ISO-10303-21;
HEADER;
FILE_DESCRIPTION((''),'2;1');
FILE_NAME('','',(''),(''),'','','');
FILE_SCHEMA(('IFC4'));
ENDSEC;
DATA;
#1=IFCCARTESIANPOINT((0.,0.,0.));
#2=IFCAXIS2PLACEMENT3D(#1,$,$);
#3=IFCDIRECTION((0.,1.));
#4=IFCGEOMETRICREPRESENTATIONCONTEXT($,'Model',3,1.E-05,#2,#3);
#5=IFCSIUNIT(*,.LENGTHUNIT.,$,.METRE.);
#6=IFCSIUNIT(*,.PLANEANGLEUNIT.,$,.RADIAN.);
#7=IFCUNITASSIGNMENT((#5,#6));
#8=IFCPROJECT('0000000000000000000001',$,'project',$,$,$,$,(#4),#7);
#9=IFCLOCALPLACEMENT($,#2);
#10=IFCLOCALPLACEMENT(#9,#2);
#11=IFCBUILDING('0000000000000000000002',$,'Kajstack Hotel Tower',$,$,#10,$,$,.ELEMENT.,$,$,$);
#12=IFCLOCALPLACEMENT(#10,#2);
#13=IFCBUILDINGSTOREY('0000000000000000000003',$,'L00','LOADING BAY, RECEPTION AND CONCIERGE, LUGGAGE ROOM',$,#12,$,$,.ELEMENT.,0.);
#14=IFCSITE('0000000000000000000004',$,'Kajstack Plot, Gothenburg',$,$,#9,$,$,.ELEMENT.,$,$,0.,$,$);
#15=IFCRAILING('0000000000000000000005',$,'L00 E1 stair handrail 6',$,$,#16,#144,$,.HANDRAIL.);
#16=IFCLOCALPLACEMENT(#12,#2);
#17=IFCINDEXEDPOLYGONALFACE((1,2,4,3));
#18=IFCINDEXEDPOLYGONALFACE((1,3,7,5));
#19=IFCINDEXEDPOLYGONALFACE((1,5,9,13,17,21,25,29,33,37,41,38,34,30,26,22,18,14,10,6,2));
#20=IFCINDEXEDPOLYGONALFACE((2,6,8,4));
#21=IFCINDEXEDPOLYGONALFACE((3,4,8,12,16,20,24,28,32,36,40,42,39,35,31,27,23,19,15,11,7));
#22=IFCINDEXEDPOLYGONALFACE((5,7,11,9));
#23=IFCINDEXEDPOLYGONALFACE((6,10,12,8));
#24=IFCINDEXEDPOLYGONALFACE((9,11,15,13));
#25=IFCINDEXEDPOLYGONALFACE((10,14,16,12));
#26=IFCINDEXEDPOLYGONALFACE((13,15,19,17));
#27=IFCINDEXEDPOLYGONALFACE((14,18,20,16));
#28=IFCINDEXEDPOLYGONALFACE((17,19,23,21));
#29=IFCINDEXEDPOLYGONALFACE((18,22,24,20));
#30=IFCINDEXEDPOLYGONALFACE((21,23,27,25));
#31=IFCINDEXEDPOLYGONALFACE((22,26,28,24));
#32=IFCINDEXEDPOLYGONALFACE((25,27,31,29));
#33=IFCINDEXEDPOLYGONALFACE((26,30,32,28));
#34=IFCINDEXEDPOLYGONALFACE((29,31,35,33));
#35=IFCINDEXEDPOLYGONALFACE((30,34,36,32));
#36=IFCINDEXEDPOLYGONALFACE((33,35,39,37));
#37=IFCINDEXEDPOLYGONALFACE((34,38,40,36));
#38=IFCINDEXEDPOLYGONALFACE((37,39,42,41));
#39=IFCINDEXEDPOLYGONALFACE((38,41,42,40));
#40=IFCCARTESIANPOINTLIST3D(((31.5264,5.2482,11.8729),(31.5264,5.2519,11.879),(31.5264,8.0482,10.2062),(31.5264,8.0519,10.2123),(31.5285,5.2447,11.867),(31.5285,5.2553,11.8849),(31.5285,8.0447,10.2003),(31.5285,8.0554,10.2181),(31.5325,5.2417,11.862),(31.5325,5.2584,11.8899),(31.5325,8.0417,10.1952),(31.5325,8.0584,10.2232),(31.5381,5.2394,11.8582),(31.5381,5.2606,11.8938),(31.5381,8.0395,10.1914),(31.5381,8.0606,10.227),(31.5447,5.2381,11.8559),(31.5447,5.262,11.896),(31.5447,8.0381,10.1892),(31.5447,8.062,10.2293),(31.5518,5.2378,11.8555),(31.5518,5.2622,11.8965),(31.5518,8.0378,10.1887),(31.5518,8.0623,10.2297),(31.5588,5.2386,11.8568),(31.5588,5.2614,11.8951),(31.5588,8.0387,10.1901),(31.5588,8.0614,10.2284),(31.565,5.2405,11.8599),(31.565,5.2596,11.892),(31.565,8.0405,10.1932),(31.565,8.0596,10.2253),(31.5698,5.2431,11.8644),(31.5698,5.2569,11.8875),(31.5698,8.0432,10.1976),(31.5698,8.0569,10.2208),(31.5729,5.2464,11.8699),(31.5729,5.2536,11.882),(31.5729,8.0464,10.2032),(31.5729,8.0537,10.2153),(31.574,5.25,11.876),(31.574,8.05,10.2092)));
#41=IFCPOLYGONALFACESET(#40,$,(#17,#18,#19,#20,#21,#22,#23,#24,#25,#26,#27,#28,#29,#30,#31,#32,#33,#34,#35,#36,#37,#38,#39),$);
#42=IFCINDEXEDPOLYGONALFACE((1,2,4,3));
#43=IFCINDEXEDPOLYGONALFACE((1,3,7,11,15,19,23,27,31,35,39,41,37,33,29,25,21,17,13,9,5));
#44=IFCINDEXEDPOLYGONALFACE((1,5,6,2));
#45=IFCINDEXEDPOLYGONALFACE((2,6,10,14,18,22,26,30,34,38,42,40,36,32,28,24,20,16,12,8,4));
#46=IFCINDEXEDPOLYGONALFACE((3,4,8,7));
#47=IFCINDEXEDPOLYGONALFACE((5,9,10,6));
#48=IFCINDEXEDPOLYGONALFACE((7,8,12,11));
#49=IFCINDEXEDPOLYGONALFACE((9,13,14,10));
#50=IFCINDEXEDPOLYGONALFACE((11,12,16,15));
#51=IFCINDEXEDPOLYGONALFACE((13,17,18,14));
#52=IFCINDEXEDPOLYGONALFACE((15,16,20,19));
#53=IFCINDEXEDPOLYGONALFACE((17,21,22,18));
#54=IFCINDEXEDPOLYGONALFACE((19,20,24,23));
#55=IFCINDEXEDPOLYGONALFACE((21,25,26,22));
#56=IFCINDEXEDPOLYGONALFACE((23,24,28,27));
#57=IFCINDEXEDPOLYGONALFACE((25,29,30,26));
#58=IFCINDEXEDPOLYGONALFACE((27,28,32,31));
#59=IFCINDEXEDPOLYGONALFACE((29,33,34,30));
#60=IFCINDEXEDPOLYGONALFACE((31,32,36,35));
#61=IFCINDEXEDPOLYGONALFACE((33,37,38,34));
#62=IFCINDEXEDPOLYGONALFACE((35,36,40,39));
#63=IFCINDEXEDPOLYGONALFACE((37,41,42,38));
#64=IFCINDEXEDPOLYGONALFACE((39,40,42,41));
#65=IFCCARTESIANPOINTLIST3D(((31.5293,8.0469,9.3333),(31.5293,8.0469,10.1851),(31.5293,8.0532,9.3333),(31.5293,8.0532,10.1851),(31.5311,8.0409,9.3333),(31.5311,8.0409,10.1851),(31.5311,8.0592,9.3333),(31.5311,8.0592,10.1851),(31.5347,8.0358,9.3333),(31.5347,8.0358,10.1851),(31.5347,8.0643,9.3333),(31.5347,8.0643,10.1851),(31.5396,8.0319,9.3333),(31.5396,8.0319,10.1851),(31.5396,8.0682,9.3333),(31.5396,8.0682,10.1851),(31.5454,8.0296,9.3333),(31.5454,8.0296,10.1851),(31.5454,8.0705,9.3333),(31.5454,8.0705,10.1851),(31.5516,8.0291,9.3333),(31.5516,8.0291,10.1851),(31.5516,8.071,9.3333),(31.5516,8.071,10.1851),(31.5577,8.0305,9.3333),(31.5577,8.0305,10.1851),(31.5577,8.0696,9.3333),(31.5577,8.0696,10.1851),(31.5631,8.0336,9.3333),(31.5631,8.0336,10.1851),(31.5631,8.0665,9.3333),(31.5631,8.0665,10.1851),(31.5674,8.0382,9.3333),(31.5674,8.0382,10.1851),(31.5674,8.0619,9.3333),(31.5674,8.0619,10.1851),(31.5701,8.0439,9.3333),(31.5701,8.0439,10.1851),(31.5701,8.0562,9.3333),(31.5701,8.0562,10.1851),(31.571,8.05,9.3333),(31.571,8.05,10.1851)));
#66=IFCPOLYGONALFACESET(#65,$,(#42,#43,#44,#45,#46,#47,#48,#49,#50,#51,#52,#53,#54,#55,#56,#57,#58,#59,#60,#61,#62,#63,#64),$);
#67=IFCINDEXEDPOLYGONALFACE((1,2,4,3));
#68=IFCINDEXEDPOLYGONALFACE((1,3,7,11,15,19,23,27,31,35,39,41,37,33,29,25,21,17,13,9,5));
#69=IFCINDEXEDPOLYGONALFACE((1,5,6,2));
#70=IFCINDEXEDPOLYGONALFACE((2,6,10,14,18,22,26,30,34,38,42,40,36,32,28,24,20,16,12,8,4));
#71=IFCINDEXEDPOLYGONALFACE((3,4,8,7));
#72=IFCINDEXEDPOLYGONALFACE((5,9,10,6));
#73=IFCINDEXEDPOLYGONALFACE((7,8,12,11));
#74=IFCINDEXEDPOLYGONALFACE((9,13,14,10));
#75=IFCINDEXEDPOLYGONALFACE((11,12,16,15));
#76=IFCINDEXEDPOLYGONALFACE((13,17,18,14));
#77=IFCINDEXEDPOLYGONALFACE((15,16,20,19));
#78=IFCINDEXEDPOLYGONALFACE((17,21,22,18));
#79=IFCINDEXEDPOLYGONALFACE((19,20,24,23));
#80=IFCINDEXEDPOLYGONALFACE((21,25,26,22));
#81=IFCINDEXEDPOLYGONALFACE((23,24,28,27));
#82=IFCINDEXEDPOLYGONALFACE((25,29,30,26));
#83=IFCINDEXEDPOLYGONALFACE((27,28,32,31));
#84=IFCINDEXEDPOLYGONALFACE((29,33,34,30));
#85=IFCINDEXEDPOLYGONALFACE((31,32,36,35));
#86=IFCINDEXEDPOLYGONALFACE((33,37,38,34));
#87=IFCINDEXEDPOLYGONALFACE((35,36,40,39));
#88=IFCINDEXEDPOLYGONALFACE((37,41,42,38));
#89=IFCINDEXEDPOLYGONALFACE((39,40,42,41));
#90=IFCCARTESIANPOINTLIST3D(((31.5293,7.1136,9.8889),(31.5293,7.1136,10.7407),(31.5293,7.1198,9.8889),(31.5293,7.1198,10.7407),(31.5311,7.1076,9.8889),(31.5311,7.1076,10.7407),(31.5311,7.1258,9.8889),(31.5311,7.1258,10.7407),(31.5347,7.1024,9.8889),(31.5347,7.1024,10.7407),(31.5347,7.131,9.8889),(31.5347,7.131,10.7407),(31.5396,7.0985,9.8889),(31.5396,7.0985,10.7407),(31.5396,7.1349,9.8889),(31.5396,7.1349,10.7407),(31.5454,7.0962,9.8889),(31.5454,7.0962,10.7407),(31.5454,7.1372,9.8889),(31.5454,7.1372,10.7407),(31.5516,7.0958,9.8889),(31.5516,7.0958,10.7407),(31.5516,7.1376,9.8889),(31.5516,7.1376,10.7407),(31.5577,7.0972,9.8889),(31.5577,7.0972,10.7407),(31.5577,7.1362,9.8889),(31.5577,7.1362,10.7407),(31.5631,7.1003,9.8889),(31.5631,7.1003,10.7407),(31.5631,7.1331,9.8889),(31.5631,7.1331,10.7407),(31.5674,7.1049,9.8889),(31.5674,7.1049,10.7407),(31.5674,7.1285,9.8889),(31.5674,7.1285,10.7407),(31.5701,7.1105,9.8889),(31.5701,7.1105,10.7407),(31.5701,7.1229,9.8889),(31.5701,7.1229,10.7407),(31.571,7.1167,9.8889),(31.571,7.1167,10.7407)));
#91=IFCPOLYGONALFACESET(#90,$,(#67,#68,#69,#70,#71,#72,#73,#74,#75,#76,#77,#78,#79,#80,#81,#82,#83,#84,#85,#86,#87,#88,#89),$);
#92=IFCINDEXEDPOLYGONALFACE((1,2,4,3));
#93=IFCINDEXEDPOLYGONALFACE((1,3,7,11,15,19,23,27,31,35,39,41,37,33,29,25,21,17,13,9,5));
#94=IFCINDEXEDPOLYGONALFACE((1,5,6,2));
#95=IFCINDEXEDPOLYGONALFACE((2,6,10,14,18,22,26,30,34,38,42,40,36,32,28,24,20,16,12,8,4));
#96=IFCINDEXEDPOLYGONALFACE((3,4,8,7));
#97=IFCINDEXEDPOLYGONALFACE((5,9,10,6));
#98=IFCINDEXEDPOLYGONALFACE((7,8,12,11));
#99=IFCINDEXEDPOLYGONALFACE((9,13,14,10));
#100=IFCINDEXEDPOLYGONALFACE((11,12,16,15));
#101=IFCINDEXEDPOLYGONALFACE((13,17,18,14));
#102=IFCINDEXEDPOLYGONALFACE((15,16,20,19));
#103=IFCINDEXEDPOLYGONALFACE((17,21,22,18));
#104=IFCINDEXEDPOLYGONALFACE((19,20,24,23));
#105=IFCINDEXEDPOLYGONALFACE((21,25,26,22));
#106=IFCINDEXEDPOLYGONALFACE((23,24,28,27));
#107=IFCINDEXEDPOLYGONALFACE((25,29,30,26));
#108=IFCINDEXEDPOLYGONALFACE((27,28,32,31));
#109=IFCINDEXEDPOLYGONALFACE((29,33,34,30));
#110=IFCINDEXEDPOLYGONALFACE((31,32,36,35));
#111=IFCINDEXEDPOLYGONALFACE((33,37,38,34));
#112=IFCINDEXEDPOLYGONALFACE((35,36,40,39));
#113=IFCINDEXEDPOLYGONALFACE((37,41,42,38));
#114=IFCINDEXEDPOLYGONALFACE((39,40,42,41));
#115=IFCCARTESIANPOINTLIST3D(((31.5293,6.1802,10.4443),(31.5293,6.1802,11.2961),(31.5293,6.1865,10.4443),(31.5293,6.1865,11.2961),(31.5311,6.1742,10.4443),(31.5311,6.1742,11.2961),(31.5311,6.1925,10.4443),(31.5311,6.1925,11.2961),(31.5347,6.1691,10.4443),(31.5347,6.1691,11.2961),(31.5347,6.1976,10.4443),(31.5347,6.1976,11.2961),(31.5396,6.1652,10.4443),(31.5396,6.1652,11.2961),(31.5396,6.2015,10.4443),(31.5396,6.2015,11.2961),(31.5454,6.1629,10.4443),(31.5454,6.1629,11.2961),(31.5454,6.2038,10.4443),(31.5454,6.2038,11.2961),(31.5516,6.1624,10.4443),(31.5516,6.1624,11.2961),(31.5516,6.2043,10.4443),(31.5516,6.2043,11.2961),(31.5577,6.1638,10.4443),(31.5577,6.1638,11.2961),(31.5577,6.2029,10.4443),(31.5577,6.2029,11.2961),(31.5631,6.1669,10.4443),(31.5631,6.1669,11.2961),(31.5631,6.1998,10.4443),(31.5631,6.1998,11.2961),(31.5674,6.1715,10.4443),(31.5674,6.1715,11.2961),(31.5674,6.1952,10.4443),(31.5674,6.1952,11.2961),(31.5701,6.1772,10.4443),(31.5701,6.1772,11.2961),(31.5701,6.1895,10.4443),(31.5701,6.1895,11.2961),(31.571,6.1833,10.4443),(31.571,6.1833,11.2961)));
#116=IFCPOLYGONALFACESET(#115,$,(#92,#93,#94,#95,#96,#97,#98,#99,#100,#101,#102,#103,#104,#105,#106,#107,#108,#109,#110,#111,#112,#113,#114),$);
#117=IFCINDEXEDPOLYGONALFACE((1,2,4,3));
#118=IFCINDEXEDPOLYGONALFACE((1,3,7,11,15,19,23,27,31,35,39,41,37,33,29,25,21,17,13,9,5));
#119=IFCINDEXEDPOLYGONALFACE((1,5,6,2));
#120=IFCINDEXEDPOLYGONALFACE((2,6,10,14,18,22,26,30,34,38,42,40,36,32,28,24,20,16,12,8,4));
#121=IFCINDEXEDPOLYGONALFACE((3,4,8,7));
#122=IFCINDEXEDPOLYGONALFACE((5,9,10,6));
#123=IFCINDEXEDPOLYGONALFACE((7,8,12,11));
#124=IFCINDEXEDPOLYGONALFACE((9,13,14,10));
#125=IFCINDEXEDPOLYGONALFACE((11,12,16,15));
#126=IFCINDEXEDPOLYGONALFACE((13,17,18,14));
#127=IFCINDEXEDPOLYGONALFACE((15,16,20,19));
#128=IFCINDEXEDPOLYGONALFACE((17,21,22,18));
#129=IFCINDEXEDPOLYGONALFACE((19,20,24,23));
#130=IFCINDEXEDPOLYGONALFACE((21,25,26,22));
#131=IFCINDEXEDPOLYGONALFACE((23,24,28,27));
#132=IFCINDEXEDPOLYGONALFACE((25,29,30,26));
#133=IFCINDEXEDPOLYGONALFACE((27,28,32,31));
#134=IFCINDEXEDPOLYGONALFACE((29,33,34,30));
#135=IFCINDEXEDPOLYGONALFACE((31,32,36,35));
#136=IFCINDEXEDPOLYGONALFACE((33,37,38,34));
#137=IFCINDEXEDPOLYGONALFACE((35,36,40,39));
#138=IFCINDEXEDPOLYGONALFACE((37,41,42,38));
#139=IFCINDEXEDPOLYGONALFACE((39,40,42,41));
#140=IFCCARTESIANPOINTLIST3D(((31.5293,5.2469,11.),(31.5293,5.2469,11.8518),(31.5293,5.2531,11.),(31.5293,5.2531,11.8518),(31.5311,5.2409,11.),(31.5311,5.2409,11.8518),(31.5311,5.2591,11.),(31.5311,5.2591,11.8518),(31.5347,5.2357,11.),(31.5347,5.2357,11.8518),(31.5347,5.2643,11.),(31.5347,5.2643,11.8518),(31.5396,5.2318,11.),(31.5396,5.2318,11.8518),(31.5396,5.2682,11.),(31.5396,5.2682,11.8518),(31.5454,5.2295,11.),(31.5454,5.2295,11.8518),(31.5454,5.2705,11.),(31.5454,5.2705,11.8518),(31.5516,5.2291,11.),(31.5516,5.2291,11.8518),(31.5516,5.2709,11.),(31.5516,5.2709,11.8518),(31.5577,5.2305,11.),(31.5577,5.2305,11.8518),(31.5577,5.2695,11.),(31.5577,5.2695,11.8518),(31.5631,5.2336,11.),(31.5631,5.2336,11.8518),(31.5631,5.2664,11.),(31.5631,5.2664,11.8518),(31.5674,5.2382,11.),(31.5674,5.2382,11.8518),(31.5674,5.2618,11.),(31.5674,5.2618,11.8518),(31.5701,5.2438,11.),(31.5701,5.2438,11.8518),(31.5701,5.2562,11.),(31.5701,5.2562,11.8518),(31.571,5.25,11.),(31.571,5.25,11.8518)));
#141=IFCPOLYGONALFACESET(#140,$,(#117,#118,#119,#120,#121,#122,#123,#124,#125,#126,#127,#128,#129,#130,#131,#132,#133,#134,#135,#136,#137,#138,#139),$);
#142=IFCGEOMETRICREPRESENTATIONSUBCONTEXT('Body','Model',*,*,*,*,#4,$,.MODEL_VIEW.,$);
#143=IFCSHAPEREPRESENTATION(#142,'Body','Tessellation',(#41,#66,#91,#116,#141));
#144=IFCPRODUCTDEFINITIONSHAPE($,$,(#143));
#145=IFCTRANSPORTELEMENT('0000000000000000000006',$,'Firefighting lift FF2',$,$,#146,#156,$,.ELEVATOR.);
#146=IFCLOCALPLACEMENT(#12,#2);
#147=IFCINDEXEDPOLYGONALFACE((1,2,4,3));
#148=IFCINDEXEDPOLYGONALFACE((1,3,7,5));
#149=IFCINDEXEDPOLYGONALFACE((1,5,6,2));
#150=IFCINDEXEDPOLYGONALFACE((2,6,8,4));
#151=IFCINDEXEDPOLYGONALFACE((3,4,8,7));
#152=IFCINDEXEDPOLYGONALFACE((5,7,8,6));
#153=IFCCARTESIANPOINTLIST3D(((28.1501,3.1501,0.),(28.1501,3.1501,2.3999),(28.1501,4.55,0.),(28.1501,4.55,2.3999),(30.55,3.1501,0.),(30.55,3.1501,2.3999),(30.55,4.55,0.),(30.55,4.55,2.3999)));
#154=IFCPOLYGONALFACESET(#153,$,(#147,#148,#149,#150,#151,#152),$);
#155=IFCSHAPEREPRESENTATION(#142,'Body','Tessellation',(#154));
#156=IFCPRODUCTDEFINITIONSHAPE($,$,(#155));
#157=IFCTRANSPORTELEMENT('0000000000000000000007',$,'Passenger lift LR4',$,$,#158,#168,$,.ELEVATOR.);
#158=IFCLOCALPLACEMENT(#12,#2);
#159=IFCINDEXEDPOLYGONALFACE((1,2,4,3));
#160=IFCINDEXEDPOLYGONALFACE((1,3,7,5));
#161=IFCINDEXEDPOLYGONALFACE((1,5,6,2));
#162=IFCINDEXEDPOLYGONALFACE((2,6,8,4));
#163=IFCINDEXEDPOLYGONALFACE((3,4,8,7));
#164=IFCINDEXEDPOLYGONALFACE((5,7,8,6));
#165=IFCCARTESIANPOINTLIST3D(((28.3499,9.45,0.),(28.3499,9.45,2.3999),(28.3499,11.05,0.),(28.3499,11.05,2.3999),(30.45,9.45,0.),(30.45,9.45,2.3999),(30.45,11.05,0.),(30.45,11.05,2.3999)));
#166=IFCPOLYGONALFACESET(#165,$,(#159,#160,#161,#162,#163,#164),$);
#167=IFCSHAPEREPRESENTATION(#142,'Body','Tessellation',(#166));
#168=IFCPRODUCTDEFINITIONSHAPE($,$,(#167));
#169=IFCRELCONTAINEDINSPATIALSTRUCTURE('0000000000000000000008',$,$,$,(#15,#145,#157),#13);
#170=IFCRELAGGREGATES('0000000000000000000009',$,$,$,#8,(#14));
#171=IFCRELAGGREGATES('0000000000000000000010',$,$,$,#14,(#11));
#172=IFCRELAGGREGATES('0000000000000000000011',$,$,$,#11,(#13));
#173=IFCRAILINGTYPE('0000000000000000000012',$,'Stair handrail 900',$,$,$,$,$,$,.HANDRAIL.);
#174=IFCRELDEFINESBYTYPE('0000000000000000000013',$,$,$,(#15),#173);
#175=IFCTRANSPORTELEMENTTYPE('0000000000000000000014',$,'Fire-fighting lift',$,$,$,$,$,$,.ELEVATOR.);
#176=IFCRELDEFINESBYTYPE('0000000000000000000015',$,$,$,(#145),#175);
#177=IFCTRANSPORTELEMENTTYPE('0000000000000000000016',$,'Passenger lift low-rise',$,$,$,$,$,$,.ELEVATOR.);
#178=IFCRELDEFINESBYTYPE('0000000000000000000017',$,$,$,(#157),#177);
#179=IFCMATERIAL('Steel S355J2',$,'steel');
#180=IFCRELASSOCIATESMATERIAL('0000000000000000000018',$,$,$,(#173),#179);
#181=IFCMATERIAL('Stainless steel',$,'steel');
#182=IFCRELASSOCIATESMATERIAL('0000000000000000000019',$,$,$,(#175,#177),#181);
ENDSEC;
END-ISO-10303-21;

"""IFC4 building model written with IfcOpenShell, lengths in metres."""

from ifc_helpers import new_model, si_unit, direction, frame, origin, origin_2d, place, context, subcontext, project, spatial, rectangle, circle, extrude, material, type_object, element, save


model = new_model("IFC4")

# Units and contexts
model_context = context("Model", 3, precision=1e-05, world=origin(), true_north=direction((0.0, 1.0)))
body_context = subcontext(model_context, "Body", "Model", "MODEL_VIEW")
ifc_project = project(units=[si_unit("LENGTHUNIT", "METRE"), si_unit("PLANEANGLEUNIT", "RADIAN")], contexts=[model_context])

# Site, building, storey
site_placement = place(None, origin())
site = spatial("IfcSite", under=ifc_project, at=site_placement, Name="Kajstack Plot, Gothenburg", CompositionType="ELEMENT", RefElevation=0.0)
building_placement = place(site_placement, origin())
building = spatial("IfcBuilding", under=site, at=building_placement, Name="Kajstack Hotel Tower", CompositionType="ELEMENT")
storey_placement = place(building_placement, origin())
storey = spatial("IfcBuildingStorey", under=building, at=storey_placement, Name="L00", Description="LOADING BAY, RECEPTION AND CONCIERGE, LUGGAGE ROOM", CompositionType="ELEMENT", Elevation=0.0)

# Shared definitions
ifc_material_1 = material(Name="Stainless steel", Category="steel")

# Railing
ifc_material_2 = material(Name="Steel S355J2", Category="steel")
railing_type_1 = type_object("IfcRailingType", Name="Stair handrail 900", PredefinedType="HANDRAIL", material=ifc_material_2)
railing_1_placement = place(storey_placement, frame((31.55, 8.05, 9.3333)))
element("IfcRailing", 1, at=railing_1_placement, inside=storey, type_object=railing_type_1, Name="L00 E1 stair handrail 6", PredefinedType="HANDRAIL", context=body_context, shape_type="SweptSolid", body=[
    extrude(circle(Radius=0.0239, at=origin_2d()), frame((0.0, 0.0, 0.876), z_axis=(0.0, -0.859286, 0.511496), x_axis=(1.0, 0.0, 0.0)), (0.0, 0.0, 1.0), 3.2585),
    extrude(circle(Radius=0.021, at=origin_2d()), origin(), (0.0, 0.0, 1.0), 0.8518),
    extrude(circle(Radius=0.021, at=origin_2d()), frame((0.0, -0.9333, 0.5557)), (0.0, 0.0, 1.0), 0.8518),
    extrude(circle(Radius=0.021, at=origin_2d()), frame((0.0, -1.8667, 1.1111)), (0.0, 0.0, 1.0), 0.8518),
    extrude(circle(Radius=0.021, at=origin_2d()), frame((0.0, -2.8, 1.6667)), (0.0, 0.0, 1.0), 0.8518),
])

# Transport elements
transport_element_type_1 = type_object("IfcTransportElementType", Name="Fire-fighting lift", PredefinedType="ELEVATOR", material=ifc_material_1)
transport_element_1_placement = place(storey_placement, frame((29.3501, 3.8501, 0.0), z_axis=(0.0, 0.0, 1.0), x_axis=(1.0, 0.0, 0.0)))
element("IfcTransportElement", 2, at=transport_element_1_placement, inside=storey, type_object=transport_element_type_1, Name="Firefighting lift FF2", PredefinedType="ELEVATOR", context=body_context, shape_type="SweptSolid", body=[
    extrude(rectangle(XDim=2.3999, YDim=1.3999, at=origin_2d()), origin(), (0.0, 0.0, 1.0), 2.3999),
])
transport_element_type_2 = type_object("IfcTransportElementType", Name="Passenger lift low-rise", PredefinedType="ELEVATOR", material=ifc_material_1)
transport_element_2_placement = place(storey_placement, frame((29.3999, 10.25, 0.0), z_axis=(0.0, 0.0, 1.0), x_axis=(1.0, 0.0, 0.0)))
element("IfcTransportElement", 3, at=transport_element_2_placement, inside=storey, type_object=transport_element_type_2, Name="Passenger lift LR4", PredefinedType="ELEVATOR", context=body_context, shape_type="SweptSolid", body=[
    extrude(rectangle(XDim=2.1001, YDim=1.6001, at=origin_2d()), origin(), (0.0, 0.0, 1.0), 2.3999),
])

save(model, "model.ifc")
